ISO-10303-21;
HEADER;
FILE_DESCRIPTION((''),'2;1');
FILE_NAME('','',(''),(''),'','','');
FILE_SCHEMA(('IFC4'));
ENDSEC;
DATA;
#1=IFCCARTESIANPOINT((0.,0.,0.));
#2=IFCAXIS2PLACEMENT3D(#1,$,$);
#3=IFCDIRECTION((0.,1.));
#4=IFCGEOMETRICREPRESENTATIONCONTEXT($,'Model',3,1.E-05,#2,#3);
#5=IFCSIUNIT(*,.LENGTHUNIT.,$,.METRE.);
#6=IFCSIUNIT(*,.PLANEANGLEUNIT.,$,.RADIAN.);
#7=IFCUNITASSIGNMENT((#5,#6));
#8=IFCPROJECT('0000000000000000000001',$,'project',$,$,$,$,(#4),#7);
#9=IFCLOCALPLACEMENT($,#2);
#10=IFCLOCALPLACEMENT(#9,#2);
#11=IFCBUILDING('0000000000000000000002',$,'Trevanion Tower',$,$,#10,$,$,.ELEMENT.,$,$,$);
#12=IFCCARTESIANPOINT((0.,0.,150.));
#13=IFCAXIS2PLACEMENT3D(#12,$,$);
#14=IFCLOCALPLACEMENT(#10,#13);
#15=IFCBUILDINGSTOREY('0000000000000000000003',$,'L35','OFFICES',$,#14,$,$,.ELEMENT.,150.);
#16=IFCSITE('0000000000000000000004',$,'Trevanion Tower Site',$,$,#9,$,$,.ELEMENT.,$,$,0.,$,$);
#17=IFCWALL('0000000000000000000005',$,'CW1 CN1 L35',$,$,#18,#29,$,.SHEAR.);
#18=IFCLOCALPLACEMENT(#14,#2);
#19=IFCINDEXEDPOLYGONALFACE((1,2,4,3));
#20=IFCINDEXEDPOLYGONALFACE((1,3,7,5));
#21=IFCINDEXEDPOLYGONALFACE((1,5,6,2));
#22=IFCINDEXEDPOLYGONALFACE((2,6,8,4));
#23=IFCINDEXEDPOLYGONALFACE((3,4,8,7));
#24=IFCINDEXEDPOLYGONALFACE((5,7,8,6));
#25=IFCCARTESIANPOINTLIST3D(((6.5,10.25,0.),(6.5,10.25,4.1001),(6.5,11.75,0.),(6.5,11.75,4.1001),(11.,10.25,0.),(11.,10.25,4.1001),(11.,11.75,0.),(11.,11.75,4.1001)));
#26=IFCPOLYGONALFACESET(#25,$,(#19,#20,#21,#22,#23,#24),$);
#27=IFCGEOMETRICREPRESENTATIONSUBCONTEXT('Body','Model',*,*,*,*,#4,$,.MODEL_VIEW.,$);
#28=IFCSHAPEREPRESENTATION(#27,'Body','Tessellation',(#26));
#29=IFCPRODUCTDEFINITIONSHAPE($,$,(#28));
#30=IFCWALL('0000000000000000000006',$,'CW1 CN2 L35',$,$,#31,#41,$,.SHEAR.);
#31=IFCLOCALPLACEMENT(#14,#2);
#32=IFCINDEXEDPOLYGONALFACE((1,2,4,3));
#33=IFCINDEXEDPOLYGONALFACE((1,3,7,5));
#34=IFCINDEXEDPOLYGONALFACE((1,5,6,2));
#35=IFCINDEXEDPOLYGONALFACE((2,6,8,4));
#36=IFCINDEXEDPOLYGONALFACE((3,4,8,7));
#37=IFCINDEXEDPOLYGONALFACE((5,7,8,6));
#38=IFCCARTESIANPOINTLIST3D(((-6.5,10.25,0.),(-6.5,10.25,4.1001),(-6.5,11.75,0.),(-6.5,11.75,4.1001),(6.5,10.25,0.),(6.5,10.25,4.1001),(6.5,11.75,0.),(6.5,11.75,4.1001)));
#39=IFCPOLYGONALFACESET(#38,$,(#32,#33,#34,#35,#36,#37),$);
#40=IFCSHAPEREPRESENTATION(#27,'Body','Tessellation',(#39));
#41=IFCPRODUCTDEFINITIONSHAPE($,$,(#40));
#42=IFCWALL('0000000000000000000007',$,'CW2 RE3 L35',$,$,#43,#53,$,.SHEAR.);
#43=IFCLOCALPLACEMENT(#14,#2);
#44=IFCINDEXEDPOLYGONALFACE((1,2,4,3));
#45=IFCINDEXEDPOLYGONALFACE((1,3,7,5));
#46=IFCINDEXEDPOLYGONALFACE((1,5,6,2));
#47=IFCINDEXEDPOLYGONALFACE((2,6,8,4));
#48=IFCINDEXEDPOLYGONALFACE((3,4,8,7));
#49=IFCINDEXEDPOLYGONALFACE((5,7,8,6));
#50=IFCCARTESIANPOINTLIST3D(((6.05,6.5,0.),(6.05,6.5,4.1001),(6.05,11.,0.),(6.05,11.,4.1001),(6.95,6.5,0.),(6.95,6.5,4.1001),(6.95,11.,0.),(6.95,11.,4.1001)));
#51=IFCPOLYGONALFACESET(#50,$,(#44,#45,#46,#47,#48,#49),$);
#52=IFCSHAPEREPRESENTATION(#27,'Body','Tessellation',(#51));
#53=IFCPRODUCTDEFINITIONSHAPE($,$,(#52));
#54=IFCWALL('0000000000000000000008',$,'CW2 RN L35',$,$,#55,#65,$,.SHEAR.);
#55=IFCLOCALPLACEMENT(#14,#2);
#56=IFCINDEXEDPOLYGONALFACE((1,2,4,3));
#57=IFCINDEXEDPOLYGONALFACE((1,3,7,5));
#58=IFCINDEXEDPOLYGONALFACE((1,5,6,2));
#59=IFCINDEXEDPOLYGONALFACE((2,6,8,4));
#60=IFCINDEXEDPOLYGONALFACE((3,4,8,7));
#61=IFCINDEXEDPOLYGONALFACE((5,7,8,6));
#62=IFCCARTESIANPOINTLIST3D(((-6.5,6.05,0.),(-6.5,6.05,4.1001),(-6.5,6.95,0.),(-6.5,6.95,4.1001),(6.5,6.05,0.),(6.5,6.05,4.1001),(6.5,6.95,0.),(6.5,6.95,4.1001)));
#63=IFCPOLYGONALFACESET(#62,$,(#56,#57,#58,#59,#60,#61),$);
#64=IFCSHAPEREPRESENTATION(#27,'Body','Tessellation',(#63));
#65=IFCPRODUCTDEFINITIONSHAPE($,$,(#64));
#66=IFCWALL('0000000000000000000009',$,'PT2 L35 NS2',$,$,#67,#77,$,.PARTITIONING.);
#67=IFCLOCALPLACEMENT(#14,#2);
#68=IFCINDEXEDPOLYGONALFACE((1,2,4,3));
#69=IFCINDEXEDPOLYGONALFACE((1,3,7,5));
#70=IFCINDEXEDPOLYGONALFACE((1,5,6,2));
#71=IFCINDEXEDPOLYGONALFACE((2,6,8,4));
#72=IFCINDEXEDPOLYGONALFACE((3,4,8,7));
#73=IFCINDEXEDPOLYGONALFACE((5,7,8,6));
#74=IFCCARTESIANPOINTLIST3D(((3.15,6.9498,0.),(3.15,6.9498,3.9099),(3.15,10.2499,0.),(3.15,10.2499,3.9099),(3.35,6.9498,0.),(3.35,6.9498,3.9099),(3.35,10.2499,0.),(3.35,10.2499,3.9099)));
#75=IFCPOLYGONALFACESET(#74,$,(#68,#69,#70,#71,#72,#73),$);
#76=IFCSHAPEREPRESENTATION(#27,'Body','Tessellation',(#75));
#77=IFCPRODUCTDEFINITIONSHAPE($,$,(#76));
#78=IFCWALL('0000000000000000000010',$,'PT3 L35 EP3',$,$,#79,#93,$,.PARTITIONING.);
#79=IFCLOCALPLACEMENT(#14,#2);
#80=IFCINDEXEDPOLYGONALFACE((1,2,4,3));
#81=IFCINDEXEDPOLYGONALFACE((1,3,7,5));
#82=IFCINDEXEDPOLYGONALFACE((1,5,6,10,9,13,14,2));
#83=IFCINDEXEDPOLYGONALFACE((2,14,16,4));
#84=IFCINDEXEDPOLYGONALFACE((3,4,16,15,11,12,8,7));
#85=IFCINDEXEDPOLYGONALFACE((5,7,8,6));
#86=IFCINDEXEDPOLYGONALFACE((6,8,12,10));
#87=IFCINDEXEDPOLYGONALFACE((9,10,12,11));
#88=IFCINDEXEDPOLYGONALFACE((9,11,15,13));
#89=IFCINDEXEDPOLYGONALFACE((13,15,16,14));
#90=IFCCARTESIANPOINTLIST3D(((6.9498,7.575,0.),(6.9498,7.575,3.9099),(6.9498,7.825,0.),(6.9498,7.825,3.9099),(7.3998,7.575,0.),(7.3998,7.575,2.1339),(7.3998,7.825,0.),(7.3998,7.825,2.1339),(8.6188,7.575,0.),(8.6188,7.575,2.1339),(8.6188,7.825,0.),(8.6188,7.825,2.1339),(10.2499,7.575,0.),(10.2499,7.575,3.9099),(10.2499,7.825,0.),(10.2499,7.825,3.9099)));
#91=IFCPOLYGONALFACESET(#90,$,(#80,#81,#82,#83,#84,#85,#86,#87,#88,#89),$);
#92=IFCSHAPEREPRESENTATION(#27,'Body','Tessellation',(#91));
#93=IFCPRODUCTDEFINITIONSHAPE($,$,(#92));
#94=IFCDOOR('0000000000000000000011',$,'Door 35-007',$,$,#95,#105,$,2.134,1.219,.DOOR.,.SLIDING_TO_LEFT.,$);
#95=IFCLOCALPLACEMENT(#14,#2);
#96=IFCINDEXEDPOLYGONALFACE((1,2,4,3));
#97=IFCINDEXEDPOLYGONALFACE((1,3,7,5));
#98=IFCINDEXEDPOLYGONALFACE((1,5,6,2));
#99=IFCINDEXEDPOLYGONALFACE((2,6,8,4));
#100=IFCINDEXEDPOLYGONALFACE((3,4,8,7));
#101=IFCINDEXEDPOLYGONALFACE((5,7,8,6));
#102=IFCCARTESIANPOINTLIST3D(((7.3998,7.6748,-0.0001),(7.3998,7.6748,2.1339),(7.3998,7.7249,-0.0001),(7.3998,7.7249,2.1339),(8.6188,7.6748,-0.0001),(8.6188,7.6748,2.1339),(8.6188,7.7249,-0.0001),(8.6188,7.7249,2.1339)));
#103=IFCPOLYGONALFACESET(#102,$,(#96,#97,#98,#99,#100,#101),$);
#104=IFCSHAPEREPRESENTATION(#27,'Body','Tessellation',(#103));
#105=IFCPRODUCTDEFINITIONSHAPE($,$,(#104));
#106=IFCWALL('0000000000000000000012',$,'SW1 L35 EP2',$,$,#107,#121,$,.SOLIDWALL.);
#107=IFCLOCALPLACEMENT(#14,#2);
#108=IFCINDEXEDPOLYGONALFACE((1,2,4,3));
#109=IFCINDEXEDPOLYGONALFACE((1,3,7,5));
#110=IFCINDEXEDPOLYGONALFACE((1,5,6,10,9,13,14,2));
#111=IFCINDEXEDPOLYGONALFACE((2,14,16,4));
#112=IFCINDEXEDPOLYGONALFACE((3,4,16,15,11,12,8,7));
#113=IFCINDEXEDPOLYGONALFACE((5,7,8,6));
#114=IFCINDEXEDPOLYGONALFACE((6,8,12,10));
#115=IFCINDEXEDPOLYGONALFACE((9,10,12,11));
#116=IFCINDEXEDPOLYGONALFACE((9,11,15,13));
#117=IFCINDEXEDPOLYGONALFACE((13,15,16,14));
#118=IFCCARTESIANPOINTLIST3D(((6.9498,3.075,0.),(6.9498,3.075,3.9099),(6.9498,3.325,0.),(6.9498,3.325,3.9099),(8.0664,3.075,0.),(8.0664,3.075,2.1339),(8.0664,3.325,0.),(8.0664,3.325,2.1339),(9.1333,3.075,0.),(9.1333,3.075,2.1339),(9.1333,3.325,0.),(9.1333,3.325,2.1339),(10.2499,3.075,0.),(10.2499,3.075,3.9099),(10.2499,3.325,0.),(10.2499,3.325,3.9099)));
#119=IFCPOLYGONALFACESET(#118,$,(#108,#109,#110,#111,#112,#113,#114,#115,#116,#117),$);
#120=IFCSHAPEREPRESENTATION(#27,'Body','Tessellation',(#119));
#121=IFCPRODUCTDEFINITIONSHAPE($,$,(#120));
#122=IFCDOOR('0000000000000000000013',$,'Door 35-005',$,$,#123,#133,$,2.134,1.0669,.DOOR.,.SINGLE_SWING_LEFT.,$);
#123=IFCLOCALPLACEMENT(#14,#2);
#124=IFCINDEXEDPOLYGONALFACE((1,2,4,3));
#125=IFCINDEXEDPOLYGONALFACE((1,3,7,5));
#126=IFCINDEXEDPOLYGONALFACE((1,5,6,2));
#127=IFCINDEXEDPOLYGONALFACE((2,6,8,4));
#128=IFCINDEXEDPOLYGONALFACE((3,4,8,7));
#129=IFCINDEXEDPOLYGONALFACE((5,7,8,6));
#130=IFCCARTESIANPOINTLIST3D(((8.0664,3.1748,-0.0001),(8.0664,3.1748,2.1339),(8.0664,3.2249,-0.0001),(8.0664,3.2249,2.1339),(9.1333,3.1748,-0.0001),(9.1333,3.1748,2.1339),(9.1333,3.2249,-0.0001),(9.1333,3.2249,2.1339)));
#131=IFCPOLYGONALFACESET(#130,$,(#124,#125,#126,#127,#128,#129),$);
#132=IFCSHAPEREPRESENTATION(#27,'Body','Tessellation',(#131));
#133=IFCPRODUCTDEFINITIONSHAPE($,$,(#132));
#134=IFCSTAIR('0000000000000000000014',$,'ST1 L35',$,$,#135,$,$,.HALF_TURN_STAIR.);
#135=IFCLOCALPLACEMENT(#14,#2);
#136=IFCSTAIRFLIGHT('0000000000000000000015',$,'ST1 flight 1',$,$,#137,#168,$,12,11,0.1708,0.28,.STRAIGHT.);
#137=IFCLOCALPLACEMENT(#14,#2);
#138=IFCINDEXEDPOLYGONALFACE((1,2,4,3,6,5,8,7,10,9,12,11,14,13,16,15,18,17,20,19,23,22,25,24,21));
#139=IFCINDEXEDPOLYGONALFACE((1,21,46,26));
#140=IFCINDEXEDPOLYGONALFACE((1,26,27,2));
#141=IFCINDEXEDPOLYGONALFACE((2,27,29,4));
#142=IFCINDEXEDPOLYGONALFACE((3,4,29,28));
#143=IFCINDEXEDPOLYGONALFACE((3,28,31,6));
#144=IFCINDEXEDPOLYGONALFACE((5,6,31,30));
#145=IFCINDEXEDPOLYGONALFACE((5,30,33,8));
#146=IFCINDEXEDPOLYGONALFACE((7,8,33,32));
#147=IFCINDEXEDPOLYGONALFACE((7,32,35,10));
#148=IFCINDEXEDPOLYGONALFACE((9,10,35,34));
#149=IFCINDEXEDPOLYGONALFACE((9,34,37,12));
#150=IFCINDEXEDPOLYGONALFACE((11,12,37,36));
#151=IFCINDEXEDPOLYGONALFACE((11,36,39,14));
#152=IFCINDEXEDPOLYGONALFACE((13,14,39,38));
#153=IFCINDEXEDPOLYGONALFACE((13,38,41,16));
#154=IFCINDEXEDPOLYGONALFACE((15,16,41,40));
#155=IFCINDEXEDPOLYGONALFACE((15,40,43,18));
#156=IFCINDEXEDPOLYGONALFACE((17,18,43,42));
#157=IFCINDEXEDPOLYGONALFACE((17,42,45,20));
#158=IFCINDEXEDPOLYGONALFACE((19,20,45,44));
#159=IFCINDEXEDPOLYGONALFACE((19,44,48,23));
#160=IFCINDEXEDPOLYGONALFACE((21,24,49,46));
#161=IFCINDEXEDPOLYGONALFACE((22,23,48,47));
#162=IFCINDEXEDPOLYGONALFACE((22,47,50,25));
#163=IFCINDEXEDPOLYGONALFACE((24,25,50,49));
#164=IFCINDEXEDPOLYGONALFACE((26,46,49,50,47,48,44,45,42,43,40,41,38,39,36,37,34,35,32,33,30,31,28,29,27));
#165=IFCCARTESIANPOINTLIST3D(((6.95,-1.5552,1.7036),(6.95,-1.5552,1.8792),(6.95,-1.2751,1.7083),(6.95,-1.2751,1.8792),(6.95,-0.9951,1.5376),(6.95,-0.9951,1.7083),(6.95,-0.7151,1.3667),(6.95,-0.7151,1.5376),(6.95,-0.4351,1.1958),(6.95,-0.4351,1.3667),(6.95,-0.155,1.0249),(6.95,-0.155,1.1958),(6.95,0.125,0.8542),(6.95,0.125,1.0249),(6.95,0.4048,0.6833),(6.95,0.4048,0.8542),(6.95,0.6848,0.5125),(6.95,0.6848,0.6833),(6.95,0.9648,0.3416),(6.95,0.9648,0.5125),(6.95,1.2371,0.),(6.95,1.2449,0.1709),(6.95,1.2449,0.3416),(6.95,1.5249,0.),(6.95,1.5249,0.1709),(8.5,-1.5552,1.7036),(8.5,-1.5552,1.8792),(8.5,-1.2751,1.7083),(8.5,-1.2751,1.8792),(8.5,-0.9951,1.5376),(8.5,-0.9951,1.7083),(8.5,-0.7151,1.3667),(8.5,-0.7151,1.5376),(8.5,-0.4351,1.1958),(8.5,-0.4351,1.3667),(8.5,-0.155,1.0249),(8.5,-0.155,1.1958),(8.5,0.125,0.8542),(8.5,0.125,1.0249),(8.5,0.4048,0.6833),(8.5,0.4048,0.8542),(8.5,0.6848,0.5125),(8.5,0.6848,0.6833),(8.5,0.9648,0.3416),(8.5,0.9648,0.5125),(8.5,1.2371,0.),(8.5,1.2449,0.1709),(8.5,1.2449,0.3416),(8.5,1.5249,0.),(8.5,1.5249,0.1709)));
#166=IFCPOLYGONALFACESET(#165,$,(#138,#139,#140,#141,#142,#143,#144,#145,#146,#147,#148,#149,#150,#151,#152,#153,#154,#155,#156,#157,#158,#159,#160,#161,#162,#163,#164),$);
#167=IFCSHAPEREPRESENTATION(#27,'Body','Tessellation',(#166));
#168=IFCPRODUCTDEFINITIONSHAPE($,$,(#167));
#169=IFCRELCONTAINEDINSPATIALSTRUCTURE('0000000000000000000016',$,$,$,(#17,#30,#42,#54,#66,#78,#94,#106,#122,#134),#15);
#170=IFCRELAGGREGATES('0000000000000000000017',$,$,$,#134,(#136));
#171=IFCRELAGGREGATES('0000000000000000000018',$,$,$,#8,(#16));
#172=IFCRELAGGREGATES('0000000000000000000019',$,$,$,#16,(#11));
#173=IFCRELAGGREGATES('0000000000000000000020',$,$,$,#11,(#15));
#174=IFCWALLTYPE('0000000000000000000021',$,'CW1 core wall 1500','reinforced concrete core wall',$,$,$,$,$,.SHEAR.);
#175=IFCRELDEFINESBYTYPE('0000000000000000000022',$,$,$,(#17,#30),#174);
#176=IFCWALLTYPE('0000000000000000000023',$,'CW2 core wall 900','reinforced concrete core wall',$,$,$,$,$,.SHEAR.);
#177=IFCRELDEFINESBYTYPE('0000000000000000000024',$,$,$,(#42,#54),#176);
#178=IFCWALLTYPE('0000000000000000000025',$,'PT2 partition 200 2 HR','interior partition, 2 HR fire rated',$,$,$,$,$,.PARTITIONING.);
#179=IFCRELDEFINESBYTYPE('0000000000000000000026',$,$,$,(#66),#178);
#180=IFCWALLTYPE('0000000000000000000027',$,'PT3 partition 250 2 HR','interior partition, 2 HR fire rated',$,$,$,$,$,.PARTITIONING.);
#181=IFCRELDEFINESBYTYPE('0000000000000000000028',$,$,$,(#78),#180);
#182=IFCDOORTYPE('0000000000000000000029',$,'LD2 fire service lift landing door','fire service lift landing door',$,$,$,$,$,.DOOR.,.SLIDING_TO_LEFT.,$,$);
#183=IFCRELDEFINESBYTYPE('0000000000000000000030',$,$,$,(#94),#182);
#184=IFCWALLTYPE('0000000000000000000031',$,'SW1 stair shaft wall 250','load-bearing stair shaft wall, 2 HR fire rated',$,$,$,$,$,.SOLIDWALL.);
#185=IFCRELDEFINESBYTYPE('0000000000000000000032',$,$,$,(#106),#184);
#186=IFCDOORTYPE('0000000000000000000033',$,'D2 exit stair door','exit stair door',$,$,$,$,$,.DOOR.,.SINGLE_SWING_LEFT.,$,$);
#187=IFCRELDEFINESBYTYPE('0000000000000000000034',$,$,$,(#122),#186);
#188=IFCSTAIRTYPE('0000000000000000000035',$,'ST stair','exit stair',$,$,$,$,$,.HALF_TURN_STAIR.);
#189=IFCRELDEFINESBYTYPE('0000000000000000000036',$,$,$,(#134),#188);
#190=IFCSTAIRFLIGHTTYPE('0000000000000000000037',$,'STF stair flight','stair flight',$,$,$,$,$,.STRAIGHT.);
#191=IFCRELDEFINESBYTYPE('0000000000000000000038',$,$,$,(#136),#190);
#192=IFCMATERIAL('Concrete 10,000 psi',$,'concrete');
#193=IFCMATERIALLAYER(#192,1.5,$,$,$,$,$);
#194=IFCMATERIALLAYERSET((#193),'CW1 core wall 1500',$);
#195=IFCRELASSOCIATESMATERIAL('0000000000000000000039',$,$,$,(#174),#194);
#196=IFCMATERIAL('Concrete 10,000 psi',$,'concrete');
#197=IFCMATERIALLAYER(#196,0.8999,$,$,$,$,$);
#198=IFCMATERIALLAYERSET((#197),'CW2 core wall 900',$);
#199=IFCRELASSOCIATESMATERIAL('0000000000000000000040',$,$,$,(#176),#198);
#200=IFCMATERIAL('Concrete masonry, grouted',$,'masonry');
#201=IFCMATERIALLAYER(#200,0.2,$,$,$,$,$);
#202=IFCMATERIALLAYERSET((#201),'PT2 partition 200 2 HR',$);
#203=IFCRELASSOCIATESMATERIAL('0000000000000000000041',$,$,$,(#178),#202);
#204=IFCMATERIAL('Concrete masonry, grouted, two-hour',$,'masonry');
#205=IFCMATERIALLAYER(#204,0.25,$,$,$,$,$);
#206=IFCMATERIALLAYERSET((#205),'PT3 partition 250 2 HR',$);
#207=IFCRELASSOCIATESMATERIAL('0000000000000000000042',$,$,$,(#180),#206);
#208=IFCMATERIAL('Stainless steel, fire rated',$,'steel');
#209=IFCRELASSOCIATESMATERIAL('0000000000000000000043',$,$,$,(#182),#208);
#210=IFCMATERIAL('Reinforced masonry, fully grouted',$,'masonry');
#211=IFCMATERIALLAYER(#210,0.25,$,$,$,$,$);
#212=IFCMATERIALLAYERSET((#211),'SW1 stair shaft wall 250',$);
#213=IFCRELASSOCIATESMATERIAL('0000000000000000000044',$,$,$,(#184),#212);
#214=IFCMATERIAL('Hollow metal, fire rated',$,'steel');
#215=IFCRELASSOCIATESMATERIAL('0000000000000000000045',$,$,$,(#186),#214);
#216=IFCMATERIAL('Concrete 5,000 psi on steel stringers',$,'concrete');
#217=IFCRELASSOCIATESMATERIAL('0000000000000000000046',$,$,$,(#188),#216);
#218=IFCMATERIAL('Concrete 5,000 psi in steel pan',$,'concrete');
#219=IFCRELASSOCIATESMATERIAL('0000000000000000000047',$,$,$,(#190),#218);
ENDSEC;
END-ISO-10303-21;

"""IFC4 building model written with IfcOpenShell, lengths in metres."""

from ifc_helpers import new_model, si_unit, direction, frame, frame_2d, origin, place, context, subcontext, project, spatial, polyline, rectangle, outline, extrude, material, layer, layer_set, type_object, element, fill, aggregate, save


model = new_model("IFC4")

# Units and contexts
model_context = context("Model", 3, precision=1e-05, world=origin(), true_north=direction((0.0, 1.0)))
body_context = subcontext(model_context, "Body", "Model", "MODEL_VIEW")
ifc_project = project(units=[si_unit("LENGTHUNIT", "METRE"), si_unit("PLANEANGLEUNIT", "RADIAN")], contexts=[model_context])

# Site, building, storey
site_placement = place(None, origin())
site = spatial("IfcSite", under=ifc_project, at=site_placement, Name="Trevanion Tower Site", CompositionType="ELEMENT", RefElevation=0.0)
building_placement = place(site_placement, origin())
building = spatial("IfcBuilding", under=site, at=building_placement, Name="Trevanion Tower", CompositionType="ELEMENT")
storey_placement = place(building_placement, frame((0.0, 0.0, 150.0)))
storey = spatial("IfcBuildingStorey", under=building, at=storey_placement, Name="L35", Description="OFFICES", CompositionType="ELEMENT", Elevation=150.0)

# Walls
ifc_material_1 = material(Name="Concrete 10,000 psi", Category="concrete")
ifc_layer_1 = layer(ifc_material_1, 1.5)
ifc_layer_set_1 = layer_set([ifc_layer_1], Name="CW1 core wall 1500")
wall_type_1 = type_object("IfcWallType", Name="CW1 core wall 1500", Description="reinforced concrete core wall", PredefinedType="SHEAR", material=ifc_layer_set_1)
wall_1_placement = place(storey_placement, frame((11.0, 11.0, 0.0), z_axis=(0.0, 0.0, 1.0), x_axis=(-1.0, 0.0, 0.0)))
element("IfcWall", 1, at=wall_1_placement, inside=storey, type_object=wall_type_1, Name="CW1 CN1 L35", PredefinedType="SHEAR", context=body_context, shape_type="SweptSolid", body=[
    extrude(rectangle(XDim=4.5, YDim=1.5, at=frame_2d((2.25, 0.0))), origin(), (0.0, 0.0, 1.0), 4.1001),
])
wall_2_placement = place(storey_placement, frame((6.5, 11.0, 0.0), z_axis=(0.0, 0.0, 1.0), x_axis=(-1.0, 0.0, 0.0)))
element("IfcWall", 2, at=wall_2_placement, inside=storey, type_object=wall_type_1, Name="CW1 CN2 L35", PredefinedType="SHEAR", context=body_context, shape_type="SweptSolid", body=[
    extrude(rectangle(XDim=13.0, YDim=1.5, at=frame_2d((6.5, 0.0))), origin(), (0.0, 0.0, 1.0), 4.1001),
])
ifc_material_2 = material(Name="Concrete 10,000 psi", Category="concrete")
ifc_layer_2 = layer(ifc_material_2, 0.8999)
ifc_layer_set_2 = layer_set([ifc_layer_2], Name="CW2 core wall 900")
wall_type_2 = type_object("IfcWallType", Name="CW2 core wall 900", Description="reinforced concrete core wall", PredefinedType="SHEAR", material=ifc_layer_set_2)
wall_3_placement = place(storey_placement, frame((6.5, 6.5, 0.0), z_axis=(0.0, 0.0, 1.0), x_axis=(0.0, 1.0, 0.0)))
element("IfcWall", 3, at=wall_3_placement, inside=storey, type_object=wall_type_2, Name="CW2 RE3 L35", PredefinedType="SHEAR", context=body_context, shape_type="SweptSolid", body=[
    extrude(rectangle(XDim=4.5, YDim=0.8999, at=frame_2d((2.25, 0.0))), origin(), (0.0, 0.0, 1.0), 4.1001),
])
wall_4_placement = place(storey_placement, frame((6.5, 6.5, 0.0), z_axis=(0.0, 0.0, 1.0), x_axis=(-1.0, 0.0, 0.0)))
element("IfcWall", 4, at=wall_4_placement, inside=storey, type_object=wall_type_2, Name="CW2 RN L35", PredefinedType="SHEAR", context=body_context, shape_type="SweptSolid", body=[
    extrude(rectangle(XDim=13.0, YDim=0.8999, at=frame_2d((6.5, 0.0))), origin(), (0.0, 0.0, 1.0), 4.1001),
])
ifc_material_3 = material(Name="Concrete masonry, grouted", Category="masonry")
ifc_layer_3 = layer(ifc_material_3, 0.2)
ifc_layer_set_3 = layer_set([ifc_layer_3], Name="PT2 partition 200 2 HR")
wall_type_3 = type_object("IfcWallType", Name="PT2 partition 200 2 HR", Description="interior partition, 2 HR fire rated", PredefinedType="PARTITIONING", material=ifc_layer_set_3)
wall_5_placement = place(storey_placement, frame((3.25, 6.95, 0.0), z_axis=(0.0, 0.0, 1.0), x_axis=(0.0, 1.0, 0.0)))
element("IfcWall", 5, at=wall_5_placement, inside=storey, type_object=wall_type_3, Name="PT2 L35 NS2", PredefinedType="PARTITIONING", context=body_context, shape_type="SweptSolid", body=[
    extrude(rectangle(XDim=3.3, YDim=0.2, at=frame_2d((1.6499, 0.0))), origin(), (0.0, 0.0, 1.0), 3.9099),
])

# Walls, openings, doors
ifc_material_4 = material(Name="Concrete masonry, grouted, two-hour", Category="masonry")
ifc_layer_4 = layer(ifc_material_4, 0.25)
ifc_layer_set_4 = layer_set([ifc_layer_4], Name="PT3 partition 250 2 HR")
wall_type_4 = type_object("IfcWallType", Name="PT3 partition 250 2 HR", Description="interior partition, 2 HR fire rated", PredefinedType="PARTITIONING", material=ifc_layer_set_4)
wall_6_placement = place(storey_placement, frame((6.95, 7.7, 0.0), z_axis=(0.0, 0.0, 1.0), x_axis=(1.0, 0.0, 0.0)))
wall_6 = element("IfcWall", 6, at=wall_6_placement, inside=storey, type_object=wall_type_4, Name="PT3 L35 EP3", PredefinedType="PARTITIONING", context=body_context, shape_type="SweptSolid", body=[
    extrude(rectangle(XDim=3.3, YDim=0.25, at=frame_2d((1.6499, 0.0))), origin(), (0.0, 0.0, 1.0), 3.9099),
])
opening_1_placement = place(wall_6_placement, frame((0.45, 0.0, 0.0)))
opening_1 = element("IfcOpeningElement", 7, at=opening_1_placement, cuts=wall_6, PredefinedType="OPENING", context=body_context, shape_type="SweptSolid", body=[
    extrude(rectangle(XDim=1.219, YDim=2.134, at=frame_2d((0.6094, 1.0669))), frame((0.0, 0.135, 0.0), z_axis=(0.0, -1.0, 0.0), x_axis=(1.0, 0.0, 0.0)), (0.0, 0.0, 1.0), 0.27),
])
ifc_material_5 = material(Name="Stainless steel, fire rated", Category="steel")
door_type_1 = type_object("IfcDoorType", Name="LD2 fire service lift landing door", Description="fire service lift landing door", OperationType="SLIDING_TO_LEFT", PredefinedType="DOOR", material=ifc_material_5)
door_1_placement = place(opening_1_placement, origin())
door_1 = element("IfcDoor", 8, at=door_1_placement, inside=storey, type_object=door_type_1, Name="Door 35-007", OperationType="SLIDING_TO_LEFT", OverallHeight=2.134, OverallWidth=1.219, PredefinedType="DOOR", context=body_context, shape_type="SweptSolid", body=[
    extrude(rectangle(XDim=1.219, YDim=2.134, at=frame_2d((0.6094, 1.0669))), frame((0.0, 0.0249, 0.0), z_axis=(0.0, -1.0, 0.0), x_axis=(1.0, 0.0, 0.0)), (0.0, 0.0, 1.0), 0.05),
])
fill(opening_1, door_1)
ifc_material_6 = material(Name="Reinforced masonry, fully grouted", Category="masonry")
ifc_layer_5 = layer(ifc_material_6, 0.25)
ifc_layer_set_5 = layer_set([ifc_layer_5], Name="SW1 stair shaft wall 250")
wall_type_5 = type_object("IfcWallType", Name="SW1 stair shaft wall 250", Description="load-bearing stair shaft wall, 2 HR fire rated", PredefinedType="SOLIDWALL", material=ifc_layer_set_5)
wall_7_placement = place(storey_placement, frame((6.95, 3.2, 0.0), z_axis=(0.0, 0.0, 1.0), x_axis=(1.0, 0.0, 0.0)))
wall_7 = element("IfcWall", 9, at=wall_7_placement, inside=storey, type_object=wall_type_5, Name="SW1 L35 EP2", PredefinedType="SOLIDWALL", context=body_context, shape_type="SweptSolid", body=[
    extrude(rectangle(XDim=3.3, YDim=0.25, at=frame_2d((1.6499, 0.0))), origin(), (0.0, 0.0, 1.0), 3.9099),
])
opening_2_placement = place(wall_7_placement, frame((1.1165, 0.0, 0.0)))
opening_2 = element("IfcOpeningElement", 10, at=opening_2_placement, cuts=wall_7, PredefinedType="OPENING", context=body_context, shape_type="SweptSolid", body=[
    extrude(rectangle(XDim=1.0669, YDim=2.134, at=frame_2d((0.5334, 1.0669))), frame((0.0, 0.135, 0.0), z_axis=(0.0, -1.0, 0.0), x_axis=(1.0, 0.0, 0.0)), (0.0, 0.0, 1.0), 0.27),
])
ifc_material_7 = material(Name="Hollow metal, fire rated", Category="steel")
door_type_2 = type_object("IfcDoorType", Name="D2 exit stair door", Description="exit stair door", OperationType="SINGLE_SWING_LEFT", PredefinedType="DOOR", material=ifc_material_7)
door_2_placement = place(opening_2_placement, origin())
door_2 = element("IfcDoor", 11, at=door_2_placement, inside=storey, type_object=door_type_2, Name="Door 35-005", OperationType="SINGLE_SWING_LEFT", OverallHeight=2.134, OverallWidth=1.0669, PredefinedType="DOOR", context=body_context, shape_type="SweptSolid", body=[
    extrude(rectangle(XDim=1.0669, YDim=2.134, at=frame_2d((0.5334, 1.0669))), frame((0.0, 0.0249, 0.0), z_axis=(0.0, -1.0, 0.0), x_axis=(1.0, 0.0, 0.0)), (0.0, 0.0, 1.0), 0.05),
])
fill(opening_2, door_2)

# Stair, stair flight
ifc_material_8 = material(Name="Concrete 5,000 psi on steel stringers", Category="concrete")
stair_type = type_object("IfcStairType", Name="ST stair", Description="exit stair", PredefinedType="HALF_TURN_STAIR", material=ifc_material_8)
stair_placement = place(storey_placement, origin())
stair = element("IfcStair", 12, at=stair_placement, inside=storey, type_object=stair_type, Name="ST1 L35", PredefinedType="HALF_TURN_STAIR")
ifc_material_9 = material(Name="Concrete 5,000 psi in steel pan", Category="concrete")
stair_flight_type = type_object("IfcStairFlightType", Name="STF stair flight", Description="stair flight", PredefinedType="STRAIGHT", material=ifc_material_9)
stair_flight_placement = place(storey_placement, frame((7.7251, 1.5249, 0.0), z_axis=(0.0, 0.0, 1.0), x_axis=(0.0, -1.0, 0.0)))
stair_flight = element("IfcStairFlight", 13, at=stair_flight_placement, type_object=stair_flight_type, Name="ST1 flight 1", NumberOfRisers=12, NumberOfTreads=11, PredefinedType="STRAIGHT", RiserHeight=0.1708, TreadLength=0.28, context=body_context, shape_type="SweptSolid", body=[
    extrude(outline(polyline([(0.0, 0.0), (0.0, 0.1709), (0.28, 0.1709), (0.28, 0.3416), (0.5601, 0.3416), (0.5601, 0.5125), (0.8401, 0.5125), (0.8401, 0.6833), (1.1201, 0.6833), (1.1201, 0.8542), (1.3999, 0.8542), (1.3999, 1.0249), (1.6799, 1.0249), (1.6799, 1.1958), (1.96, 1.1958), (1.96, 1.3667), (2.24, 1.3667), (2.24, 1.5376), (2.52, 1.5376), (2.52, 1.7083), (2.8, 1.7083), (2.8, 1.8792), (3.0801, 1.8792), (3.0801, 2.05), (3.0801, 1.7036), (0.2878, 0.0), (0.0, 0.0)])), frame((0.0, 0.7749, 0.0), z_axis=(0.0, -1.0, 0.0), x_axis=(1.0, 0.0, 0.0)), (0.0, 0.0, 1.0), 1.55),
])
aggregate(stair, [stair_flight])

save(model, "model.ifc")
